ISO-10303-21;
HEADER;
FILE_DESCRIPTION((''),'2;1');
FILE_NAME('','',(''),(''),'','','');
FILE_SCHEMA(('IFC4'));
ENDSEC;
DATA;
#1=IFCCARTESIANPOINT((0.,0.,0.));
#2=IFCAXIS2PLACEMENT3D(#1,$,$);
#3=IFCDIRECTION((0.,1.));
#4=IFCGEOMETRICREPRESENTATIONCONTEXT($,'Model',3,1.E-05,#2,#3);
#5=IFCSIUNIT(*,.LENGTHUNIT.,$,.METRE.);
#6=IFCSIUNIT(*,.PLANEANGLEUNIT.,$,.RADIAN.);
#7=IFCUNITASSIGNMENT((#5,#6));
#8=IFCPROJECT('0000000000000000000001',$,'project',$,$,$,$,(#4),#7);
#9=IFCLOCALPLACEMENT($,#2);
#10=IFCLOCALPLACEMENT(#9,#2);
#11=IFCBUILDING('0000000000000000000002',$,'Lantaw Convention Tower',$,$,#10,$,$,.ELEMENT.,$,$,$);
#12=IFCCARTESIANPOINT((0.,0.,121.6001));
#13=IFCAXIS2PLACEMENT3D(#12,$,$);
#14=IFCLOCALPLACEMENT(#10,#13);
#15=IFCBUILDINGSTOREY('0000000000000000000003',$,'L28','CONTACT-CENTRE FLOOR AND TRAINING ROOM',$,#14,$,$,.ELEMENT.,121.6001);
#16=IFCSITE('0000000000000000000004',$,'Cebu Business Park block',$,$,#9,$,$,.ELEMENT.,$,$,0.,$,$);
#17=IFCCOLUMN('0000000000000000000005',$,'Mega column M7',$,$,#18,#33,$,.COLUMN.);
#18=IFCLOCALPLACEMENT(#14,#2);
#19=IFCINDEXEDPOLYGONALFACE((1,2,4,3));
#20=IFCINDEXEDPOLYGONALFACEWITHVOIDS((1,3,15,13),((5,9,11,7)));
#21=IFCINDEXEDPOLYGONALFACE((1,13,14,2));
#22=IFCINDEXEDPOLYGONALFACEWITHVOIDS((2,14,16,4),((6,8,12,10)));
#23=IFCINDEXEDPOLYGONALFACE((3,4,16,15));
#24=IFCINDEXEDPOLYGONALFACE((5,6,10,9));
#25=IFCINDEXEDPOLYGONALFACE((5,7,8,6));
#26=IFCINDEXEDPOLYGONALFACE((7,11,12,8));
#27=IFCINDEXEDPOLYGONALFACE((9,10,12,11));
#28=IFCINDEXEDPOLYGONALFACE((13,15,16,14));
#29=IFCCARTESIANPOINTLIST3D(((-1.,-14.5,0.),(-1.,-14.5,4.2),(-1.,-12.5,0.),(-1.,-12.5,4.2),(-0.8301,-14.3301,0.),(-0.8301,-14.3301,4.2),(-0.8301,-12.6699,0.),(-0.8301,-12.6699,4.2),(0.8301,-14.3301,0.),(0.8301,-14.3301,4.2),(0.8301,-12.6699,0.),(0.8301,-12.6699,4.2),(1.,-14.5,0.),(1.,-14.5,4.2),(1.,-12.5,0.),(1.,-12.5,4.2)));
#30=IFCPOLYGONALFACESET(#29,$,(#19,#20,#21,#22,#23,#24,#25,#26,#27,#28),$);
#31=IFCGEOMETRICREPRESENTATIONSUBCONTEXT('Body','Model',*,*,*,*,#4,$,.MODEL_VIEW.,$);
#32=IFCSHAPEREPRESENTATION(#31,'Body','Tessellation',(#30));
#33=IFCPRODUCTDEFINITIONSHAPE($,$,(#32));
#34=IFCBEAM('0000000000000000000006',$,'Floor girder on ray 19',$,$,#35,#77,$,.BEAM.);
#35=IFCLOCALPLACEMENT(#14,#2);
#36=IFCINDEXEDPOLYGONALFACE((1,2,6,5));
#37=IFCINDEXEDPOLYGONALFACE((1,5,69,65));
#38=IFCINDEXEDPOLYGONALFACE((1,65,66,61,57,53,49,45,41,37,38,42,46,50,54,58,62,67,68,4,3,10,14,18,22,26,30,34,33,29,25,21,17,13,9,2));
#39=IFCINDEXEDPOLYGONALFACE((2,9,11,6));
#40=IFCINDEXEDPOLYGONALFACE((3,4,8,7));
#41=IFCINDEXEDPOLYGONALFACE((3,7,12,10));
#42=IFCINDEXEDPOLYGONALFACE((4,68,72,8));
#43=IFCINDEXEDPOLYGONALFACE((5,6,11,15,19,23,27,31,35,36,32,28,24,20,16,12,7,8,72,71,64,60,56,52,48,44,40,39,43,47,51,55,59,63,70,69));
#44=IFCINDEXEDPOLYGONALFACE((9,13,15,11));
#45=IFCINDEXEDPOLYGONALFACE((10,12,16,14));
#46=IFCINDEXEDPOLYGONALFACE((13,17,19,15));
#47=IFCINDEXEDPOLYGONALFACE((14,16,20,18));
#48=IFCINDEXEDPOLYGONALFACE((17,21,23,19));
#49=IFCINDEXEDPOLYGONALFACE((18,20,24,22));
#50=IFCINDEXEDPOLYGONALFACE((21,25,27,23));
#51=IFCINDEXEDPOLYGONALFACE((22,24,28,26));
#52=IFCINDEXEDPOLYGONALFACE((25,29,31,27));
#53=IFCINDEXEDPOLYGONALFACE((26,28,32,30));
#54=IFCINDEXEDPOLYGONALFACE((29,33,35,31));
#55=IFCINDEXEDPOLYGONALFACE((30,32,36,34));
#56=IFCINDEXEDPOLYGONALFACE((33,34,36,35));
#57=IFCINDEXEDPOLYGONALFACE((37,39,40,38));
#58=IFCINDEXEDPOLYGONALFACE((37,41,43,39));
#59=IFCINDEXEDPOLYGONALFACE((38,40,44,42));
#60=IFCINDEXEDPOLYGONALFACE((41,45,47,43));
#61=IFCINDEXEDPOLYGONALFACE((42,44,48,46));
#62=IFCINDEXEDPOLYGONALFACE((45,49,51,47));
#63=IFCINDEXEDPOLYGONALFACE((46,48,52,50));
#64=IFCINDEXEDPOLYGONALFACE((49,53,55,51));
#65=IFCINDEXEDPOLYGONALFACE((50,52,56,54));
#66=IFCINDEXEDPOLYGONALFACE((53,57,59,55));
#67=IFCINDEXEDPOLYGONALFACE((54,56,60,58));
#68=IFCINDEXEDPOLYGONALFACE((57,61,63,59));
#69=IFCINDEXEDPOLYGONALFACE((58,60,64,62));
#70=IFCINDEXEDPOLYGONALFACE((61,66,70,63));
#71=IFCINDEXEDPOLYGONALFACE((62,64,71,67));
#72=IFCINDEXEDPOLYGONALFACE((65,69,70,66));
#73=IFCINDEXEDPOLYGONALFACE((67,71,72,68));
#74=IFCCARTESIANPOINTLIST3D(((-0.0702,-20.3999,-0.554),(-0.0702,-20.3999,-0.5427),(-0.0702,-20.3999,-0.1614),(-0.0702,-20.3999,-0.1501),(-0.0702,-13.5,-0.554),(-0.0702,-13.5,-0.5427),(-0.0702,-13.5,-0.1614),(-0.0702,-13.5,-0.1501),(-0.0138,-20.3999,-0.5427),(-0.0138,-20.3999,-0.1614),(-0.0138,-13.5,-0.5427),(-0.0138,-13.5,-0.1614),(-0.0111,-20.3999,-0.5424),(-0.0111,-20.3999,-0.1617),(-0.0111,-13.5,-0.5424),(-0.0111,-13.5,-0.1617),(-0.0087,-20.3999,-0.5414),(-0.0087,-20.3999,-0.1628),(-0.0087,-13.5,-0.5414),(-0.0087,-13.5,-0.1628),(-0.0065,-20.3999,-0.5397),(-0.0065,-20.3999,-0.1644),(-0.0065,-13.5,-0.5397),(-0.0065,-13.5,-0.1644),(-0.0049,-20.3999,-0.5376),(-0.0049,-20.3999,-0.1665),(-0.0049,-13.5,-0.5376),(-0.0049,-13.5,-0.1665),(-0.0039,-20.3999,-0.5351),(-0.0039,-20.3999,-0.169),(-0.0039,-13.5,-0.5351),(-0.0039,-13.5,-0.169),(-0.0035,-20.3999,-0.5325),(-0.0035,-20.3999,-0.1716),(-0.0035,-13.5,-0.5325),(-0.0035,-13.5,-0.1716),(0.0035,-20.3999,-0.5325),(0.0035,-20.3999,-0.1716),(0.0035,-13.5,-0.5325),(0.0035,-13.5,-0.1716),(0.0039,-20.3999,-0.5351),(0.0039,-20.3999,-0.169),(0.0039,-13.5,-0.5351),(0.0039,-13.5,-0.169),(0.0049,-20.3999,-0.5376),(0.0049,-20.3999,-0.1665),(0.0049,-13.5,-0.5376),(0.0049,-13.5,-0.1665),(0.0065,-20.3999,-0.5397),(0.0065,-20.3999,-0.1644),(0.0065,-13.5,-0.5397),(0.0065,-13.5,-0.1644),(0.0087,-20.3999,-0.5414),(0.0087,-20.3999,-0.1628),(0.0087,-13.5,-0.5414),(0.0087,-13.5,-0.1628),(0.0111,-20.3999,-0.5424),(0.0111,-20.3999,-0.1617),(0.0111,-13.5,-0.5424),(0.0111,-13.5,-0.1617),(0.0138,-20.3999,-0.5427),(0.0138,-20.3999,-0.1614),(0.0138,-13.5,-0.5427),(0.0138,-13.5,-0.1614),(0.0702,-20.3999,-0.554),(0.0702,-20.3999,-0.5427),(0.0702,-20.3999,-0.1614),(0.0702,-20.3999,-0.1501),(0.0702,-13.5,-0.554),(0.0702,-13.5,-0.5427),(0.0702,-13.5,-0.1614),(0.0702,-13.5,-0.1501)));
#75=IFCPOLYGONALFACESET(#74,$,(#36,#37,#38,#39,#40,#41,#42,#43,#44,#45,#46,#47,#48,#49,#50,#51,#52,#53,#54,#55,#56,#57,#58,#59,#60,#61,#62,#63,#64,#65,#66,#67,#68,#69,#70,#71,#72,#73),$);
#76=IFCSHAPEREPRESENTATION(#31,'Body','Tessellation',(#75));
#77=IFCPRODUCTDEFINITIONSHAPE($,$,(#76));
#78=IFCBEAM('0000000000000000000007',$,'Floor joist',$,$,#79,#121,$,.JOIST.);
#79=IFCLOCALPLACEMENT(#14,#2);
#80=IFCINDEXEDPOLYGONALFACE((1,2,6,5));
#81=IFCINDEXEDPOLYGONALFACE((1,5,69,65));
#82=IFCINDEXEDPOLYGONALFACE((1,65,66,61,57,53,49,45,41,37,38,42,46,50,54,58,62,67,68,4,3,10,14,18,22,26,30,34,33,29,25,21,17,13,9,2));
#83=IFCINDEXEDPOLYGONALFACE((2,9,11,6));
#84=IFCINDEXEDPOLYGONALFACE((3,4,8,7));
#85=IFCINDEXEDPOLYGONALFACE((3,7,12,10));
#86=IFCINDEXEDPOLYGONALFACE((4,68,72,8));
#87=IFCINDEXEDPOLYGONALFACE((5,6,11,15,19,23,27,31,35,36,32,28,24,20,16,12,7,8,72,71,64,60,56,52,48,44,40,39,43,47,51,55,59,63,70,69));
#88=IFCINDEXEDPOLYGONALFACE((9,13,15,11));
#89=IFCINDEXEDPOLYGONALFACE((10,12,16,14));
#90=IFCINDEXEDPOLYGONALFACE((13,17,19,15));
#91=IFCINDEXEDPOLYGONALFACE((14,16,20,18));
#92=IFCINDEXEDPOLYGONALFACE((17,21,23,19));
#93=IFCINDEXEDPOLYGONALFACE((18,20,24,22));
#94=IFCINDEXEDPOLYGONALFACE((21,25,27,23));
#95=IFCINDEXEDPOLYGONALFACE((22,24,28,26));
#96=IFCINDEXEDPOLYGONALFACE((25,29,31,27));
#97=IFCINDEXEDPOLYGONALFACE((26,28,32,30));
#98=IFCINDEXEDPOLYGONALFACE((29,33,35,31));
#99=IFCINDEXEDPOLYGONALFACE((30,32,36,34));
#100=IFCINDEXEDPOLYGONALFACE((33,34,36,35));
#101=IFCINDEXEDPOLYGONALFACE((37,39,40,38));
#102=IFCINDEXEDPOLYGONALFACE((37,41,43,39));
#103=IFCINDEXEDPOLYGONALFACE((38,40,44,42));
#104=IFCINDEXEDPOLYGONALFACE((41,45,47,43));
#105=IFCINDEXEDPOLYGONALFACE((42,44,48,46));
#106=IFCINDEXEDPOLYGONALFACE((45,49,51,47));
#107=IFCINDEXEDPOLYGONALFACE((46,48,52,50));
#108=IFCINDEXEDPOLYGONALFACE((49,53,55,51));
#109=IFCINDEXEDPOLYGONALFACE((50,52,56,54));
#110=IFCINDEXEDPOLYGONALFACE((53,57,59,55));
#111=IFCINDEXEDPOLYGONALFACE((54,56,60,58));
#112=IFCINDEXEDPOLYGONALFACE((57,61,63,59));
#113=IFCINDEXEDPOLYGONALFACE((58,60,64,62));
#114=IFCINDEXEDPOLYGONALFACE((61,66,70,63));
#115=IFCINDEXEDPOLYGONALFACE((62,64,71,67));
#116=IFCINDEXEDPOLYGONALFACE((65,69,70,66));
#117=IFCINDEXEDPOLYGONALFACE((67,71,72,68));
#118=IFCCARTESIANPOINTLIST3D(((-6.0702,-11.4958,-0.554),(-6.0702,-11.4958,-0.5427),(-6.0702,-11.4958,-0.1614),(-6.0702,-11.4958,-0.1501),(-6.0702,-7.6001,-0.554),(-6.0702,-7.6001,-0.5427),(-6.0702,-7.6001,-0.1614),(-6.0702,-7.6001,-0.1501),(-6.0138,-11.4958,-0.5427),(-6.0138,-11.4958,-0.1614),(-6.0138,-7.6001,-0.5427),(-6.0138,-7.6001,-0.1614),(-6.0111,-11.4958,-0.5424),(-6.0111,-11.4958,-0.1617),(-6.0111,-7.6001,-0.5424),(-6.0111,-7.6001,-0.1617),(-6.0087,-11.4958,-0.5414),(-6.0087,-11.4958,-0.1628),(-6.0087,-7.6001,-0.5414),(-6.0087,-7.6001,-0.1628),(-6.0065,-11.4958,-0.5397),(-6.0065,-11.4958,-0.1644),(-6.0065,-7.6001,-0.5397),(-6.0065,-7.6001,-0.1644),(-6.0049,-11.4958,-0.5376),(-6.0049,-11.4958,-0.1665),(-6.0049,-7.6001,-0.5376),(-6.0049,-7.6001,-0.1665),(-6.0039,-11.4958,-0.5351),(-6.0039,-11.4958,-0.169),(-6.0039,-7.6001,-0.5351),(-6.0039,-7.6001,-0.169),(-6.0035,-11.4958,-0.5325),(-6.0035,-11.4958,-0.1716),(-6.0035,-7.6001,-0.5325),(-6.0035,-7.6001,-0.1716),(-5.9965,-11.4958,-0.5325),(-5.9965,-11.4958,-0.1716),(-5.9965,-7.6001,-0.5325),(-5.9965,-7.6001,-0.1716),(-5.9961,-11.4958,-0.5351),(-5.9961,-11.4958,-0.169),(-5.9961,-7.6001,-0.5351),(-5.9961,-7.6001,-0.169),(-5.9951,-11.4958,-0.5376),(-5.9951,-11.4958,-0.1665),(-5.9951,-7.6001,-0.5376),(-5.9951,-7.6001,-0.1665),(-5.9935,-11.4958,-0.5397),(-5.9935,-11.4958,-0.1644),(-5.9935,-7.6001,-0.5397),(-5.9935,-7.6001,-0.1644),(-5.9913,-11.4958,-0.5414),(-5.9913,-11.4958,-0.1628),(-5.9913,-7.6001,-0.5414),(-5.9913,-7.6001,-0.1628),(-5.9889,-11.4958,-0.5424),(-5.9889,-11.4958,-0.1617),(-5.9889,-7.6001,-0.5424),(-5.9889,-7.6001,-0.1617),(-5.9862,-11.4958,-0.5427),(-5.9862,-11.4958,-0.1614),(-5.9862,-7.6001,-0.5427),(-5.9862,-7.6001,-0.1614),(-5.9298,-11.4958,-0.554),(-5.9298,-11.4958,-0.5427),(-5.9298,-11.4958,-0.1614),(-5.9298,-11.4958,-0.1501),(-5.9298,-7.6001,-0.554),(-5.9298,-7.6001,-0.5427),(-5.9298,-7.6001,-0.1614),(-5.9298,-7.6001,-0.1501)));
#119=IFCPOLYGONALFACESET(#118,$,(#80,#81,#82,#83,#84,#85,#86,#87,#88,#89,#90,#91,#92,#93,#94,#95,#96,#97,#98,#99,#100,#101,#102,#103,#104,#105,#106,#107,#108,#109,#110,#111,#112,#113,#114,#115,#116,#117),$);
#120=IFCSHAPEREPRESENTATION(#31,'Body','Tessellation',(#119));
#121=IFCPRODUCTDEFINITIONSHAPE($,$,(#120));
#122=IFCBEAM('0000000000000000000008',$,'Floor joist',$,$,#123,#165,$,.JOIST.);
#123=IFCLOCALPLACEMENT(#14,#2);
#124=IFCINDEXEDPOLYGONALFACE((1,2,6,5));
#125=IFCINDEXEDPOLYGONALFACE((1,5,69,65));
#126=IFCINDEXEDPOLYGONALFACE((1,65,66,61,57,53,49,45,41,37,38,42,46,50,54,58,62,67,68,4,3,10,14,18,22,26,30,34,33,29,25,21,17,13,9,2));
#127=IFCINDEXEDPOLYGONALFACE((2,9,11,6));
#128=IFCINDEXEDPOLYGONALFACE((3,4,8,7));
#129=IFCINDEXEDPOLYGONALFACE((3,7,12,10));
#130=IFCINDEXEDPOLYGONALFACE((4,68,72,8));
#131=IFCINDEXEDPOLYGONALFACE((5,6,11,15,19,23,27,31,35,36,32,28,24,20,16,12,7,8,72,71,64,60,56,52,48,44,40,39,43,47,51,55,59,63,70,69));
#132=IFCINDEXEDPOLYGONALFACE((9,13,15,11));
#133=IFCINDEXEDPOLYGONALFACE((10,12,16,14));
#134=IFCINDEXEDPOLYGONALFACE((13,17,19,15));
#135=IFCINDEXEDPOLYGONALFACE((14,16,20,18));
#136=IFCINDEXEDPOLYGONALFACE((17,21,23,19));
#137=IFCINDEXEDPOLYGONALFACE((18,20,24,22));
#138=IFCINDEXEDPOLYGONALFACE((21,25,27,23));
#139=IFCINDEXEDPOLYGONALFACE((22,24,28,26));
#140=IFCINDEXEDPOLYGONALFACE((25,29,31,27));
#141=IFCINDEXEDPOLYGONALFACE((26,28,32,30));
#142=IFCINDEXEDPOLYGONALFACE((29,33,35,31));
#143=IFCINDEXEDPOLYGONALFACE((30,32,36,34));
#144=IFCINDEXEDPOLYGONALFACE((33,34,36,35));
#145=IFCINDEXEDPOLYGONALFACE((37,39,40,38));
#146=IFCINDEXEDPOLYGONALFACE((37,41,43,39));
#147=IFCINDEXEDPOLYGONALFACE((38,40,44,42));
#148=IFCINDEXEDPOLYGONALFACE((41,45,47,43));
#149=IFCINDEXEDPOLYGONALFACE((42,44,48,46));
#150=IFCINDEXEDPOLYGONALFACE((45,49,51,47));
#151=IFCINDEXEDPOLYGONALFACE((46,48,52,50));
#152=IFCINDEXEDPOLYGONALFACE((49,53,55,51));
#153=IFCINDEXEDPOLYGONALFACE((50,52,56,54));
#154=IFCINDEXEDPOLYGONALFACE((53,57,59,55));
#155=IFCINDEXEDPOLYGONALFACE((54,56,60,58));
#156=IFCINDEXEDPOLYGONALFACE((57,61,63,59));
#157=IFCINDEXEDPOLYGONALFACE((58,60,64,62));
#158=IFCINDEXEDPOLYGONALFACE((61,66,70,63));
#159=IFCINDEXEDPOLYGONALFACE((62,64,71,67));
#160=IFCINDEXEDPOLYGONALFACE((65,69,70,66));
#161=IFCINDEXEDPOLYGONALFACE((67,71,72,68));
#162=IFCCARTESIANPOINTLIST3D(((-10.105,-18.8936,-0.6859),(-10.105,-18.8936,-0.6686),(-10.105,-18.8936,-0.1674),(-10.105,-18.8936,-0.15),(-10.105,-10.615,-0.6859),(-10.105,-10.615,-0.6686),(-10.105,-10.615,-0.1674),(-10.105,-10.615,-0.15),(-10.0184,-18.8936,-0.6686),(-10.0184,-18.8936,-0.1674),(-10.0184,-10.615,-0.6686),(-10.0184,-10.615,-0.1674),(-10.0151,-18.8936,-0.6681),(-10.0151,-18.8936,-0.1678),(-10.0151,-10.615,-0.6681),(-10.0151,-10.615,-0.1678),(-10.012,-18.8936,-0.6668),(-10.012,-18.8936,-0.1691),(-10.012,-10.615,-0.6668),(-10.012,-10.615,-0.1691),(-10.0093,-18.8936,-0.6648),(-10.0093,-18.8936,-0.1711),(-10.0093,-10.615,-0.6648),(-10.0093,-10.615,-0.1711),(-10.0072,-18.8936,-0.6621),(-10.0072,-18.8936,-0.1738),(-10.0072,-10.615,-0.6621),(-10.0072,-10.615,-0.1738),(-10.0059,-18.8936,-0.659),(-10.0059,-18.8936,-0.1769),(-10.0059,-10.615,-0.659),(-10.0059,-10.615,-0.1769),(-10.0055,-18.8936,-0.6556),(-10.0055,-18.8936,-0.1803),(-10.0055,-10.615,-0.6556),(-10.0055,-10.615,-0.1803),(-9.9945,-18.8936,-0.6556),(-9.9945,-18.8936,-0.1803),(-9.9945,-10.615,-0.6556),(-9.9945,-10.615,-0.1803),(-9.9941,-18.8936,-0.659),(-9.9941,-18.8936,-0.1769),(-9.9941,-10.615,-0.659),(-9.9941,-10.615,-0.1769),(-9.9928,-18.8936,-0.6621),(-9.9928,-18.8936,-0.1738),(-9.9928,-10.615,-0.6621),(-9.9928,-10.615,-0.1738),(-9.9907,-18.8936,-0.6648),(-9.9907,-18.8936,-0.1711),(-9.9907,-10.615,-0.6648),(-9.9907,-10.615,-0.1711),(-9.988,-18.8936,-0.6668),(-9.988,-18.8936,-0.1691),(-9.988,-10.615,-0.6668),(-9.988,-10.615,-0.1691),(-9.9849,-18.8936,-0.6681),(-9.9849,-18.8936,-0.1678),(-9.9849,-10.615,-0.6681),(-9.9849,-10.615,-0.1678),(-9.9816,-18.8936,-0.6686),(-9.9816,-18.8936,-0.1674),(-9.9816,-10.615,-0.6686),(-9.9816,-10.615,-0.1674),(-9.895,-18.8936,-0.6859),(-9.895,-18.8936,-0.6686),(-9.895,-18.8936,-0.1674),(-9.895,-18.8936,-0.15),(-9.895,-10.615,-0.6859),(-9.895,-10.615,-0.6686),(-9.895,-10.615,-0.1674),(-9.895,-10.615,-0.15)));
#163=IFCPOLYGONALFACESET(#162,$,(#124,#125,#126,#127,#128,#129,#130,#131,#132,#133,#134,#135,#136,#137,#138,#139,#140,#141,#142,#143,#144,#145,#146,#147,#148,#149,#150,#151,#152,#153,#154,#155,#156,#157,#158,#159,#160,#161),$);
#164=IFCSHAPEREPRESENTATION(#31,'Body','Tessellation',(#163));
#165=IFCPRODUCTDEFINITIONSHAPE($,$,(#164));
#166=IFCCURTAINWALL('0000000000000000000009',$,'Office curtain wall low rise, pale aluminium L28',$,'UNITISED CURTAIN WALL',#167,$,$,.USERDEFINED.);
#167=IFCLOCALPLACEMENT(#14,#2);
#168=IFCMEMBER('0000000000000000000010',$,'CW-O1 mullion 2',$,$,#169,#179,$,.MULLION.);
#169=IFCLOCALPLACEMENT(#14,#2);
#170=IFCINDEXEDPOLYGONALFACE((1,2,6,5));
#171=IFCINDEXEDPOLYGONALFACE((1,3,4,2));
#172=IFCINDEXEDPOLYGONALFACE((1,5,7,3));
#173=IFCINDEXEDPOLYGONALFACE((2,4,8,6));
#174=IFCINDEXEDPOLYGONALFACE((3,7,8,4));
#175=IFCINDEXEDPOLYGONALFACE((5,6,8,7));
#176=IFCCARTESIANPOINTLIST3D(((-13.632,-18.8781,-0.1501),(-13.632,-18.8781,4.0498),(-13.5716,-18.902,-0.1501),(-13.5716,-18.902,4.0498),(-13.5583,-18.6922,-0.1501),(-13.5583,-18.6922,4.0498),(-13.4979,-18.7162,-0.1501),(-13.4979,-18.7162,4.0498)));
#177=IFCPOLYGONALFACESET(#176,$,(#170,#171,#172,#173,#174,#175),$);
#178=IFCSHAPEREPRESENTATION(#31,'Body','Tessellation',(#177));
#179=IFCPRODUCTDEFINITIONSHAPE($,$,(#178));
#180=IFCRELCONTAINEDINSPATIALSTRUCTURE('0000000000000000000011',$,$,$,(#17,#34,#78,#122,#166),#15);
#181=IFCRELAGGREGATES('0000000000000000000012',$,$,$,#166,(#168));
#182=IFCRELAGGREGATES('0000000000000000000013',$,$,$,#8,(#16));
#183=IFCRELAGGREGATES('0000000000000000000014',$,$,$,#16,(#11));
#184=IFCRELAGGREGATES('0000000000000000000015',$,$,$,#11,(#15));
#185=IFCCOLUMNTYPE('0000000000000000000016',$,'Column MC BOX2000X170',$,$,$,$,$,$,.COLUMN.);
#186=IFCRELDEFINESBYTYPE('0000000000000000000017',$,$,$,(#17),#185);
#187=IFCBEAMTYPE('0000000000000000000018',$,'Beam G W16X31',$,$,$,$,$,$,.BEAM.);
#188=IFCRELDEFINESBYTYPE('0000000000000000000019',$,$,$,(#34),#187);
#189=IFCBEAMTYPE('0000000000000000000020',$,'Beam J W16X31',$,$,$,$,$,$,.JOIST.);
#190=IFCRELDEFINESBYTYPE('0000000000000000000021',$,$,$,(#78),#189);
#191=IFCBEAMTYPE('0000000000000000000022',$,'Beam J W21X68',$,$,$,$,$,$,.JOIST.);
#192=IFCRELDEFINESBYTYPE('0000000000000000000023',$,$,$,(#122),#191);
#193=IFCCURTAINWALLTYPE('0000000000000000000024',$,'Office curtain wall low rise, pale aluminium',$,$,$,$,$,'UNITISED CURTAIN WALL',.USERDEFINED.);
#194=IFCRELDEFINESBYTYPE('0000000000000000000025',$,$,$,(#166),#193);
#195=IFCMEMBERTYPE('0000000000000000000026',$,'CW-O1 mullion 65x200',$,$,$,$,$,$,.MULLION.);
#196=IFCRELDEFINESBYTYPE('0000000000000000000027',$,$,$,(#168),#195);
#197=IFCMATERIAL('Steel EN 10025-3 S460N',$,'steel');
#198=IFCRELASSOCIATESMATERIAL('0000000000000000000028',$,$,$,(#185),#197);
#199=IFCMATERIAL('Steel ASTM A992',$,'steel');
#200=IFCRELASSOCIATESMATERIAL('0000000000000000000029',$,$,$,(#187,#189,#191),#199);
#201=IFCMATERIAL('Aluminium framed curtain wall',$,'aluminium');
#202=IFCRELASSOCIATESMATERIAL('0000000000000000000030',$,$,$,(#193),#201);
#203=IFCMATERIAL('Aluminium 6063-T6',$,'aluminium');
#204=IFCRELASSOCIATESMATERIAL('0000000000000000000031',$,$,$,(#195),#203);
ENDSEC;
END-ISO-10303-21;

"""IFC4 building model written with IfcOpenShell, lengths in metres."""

from ifc_helpers import new_model, si_unit, direction, frame, origin, origin_2d, place, context, subcontext, project, spatial, rectangle, hollow_rectangle, i_section, extrude, material, material_profile, profile_set, type_object, element, aggregate, save


model = new_model("IFC4")

# Units and contexts
model_context = context("Model", 3, precision=1e-05, world=origin(), true_north=direction((0.0, 1.0)))
body_context = subcontext(model_context, "Body", "Model", "MODEL_VIEW")
ifc_project = project(units=[si_unit("LENGTHUNIT", "METRE"), si_unit("PLANEANGLEUNIT", "RADIAN")], contexts=[model_context])

# Site, building, storey
site_placement = place(None, origin())
site = spatial("IfcSite", under=ifc_project, at=site_placement, Name="Cebu Business Park block", CompositionType="ELEMENT", RefElevation=0.0)
building_placement = place(site_placement, origin())
building = spatial("IfcBuilding", under=site, at=building_placement, Name="Lantaw Convention Tower", CompositionType="ELEMENT")
storey_placement = place(building_placement, frame((0.0, 0.0, 121.6001)))
storey = spatial("IfcBuildingStorey", under=building, at=storey_placement, Name="L28", Description="CONTACT-CENTRE FLOOR AND TRAINING ROOM", CompositionType="ELEMENT", Elevation=121.6001)

# Column
ifc_material_1 = material(Name="Steel EN 10025-3 S460N", Category="steel")
ifc_material_profile_1 = material_profile(ifc_material_1, hollow_rectangle(XDim=2.0, YDim=2.0, WallThickness=0.1699, at=origin_2d()), Name="BOX2000X170")
ifc_material_2 = material(Name="Concrete C60/75", Category="concrete")
ifc_material_profile_2 = material_profile(ifc_material_2, rectangle(XDim=1.6599, YDim=1.6599, at=origin_2d()), Name="Concrete fill of BOX2000X170")
ifc_profile_set_1 = profile_set([ifc_material_profile_1, ifc_material_profile_2], Name="Steel EN 10025-3 S460N")
column_type = type_object("IfcColumnType", Name="Column MC BOX2000X170", PredefinedType="COLUMN", material=ifc_profile_set_1)
column_placement = place(storey_placement, frame((0.0, -13.5, 0.0), z_axis=(0.0, 0.0, 1.0), x_axis=(1.0, 0.0, 0.0)))
element("IfcColumn", 1, at=column_placement, inside=storey, type_object=column_type, Name="Mega column M7", PredefinedType="COLUMN", context=body_context, shape_type="SweptSolid", body=[
    extrude(hollow_rectangle(XDim=2.0, YDim=2.0, WallThickness=0.1699, at=origin_2d()), origin(), (0.0, 0.0, 1.0), 4.2),
])

# Beams
ifc_material_3 = material(Name="Steel ASTM A992", Category="steel")
ifc_material_profile_3 = material_profile(ifc_material_3, i_section(OverallWidth=0.1404, OverallDepth=0.4038, WebThickness=0.0071, FlangeThickness=0.0112, FilletRadius=0.0103, at=origin_2d()), Name="W16X31")
ifc_profile_set_2 = profile_set([ifc_material_profile_3], Name="Steel ASTM A992")
beam_type_1 = type_object("IfcBeamType", Name="Beam G W16X31", PredefinedType="BEAM", material=ifc_profile_set_2)
beam_1_placement = place(storey_placement, frame((0.0, -13.5, -0.3521), z_axis=(0.0, -1.0, 0.0), x_axis=(1.0, 0.0, 0.0)))
element("IfcBeam", 2, at=beam_1_placement, inside=storey, type_object=beam_type_1, Name="Floor girder on ray 19", PredefinedType="BEAM", context=body_context, shape_type="SweptSolid", body=[
    extrude(i_section(OverallWidth=0.1404, OverallDepth=0.4038, WebThickness=0.0071, FlangeThickness=0.0112, FilletRadius=0.0103, at=origin_2d()), origin(), (0.0, 0.0, 1.0), 6.8999),
])
ifc_material_profile_4 = material_profile(ifc_material_3, i_section(OverallWidth=0.1404, OverallDepth=0.4038, WebThickness=0.0071, FlangeThickness=0.0112, FilletRadius=0.0103, at=origin_2d()), Name="W16X31")
ifc_profile_set_3 = profile_set([ifc_material_profile_4], Name="Steel ASTM A992")
beam_type_2 = type_object("IfcBeamType", Name="Beam J W16X31", PredefinedType="JOIST", material=ifc_profile_set_3)
beam_2_placement = place(storey_placement, frame((-6.0, -11.4958, -0.3521), z_axis=(0.0, 1.0, 0.0), x_axis=(-1.0, 0.0, 0.0)))
element("IfcBeam", 3, at=beam_2_placement, inside=storey, type_object=beam_type_2, Name="Floor joist", PredefinedType="JOIST", context=body_context, shape_type="SweptSolid", body=[
    extrude(i_section(OverallWidth=0.1404, OverallDepth=0.4038, WebThickness=0.0071, FlangeThickness=0.0112, FilletRadius=0.0103, at=origin_2d()), origin(), (0.0, 0.0, 1.0), 3.8958),
])
ifc_material_profile_5 = material_profile(ifc_material_3, i_section(OverallWidth=0.21, OverallDepth=0.5359, WebThickness=0.011, FlangeThickness=0.0173, FilletRadius=0.0129, at=origin_2d()), Name="W21X68")
ifc_profile_set_4 = profile_set([ifc_material_profile_5], Name="Steel ASTM A992")
beam_type_3 = type_object("IfcBeamType", Name="Beam J W21X68", PredefinedType="JOIST", material=ifc_profile_set_4)
beam_3_placement = place(storey_placement, frame((-10.0, -18.8936, -0.418), z_axis=(0.0, 1.0, 0.0), x_axis=(-1.0, 0.0, 0.0)))
element("IfcBeam", 4, at=beam_3_placement, inside=storey, type_object=beam_type_3, Name="Floor joist", PredefinedType="JOIST", context=body_context, shape_type="SweptSolid", body=[
    extrude(i_section(OverallWidth=0.21, OverallDepth=0.5359, WebThickness=0.011, FlangeThickness=0.0173, FilletRadius=0.0129, at=origin_2d()), origin(), (0.0, 0.0, 1.0), 8.2786),
])

# Curtain wall, member
ifc_material_4 = material(Name="Aluminium framed curtain wall", Category="aluminium")
curtain_wall_type = type_object("IfcCurtainWallType", Name="Office curtain wall low rise, pale aluminium", ElementType="UNITISED CURTAIN WALL", PredefinedType="USERDEFINED", material=ifc_material_4)
curtain_wall_placement = place(storey_placement, origin())
curtain_wall = element("IfcCurtainWall", 5, at=curtain_wall_placement, inside=storey, type_object=curtain_wall_type, Name="Office curtain wall low rise, pale aluminium L28", ObjectType="UNITISED CURTAIN WALL", PredefinedType="USERDEFINED")
ifc_material_5 = material(Name="Aluminium 6063-T6", Category="aluminium")
ifc_material_profile_6 = material_profile(ifc_material_5, rectangle(XDim=0.2, YDim=0.0649, at=origin_2d()), Name="CW-O1 mullion 65x200")
ifc_profile_set_5 = profile_set([ifc_material_profile_6], Name="Aluminium 6063-T6")
member_type_1 = type_object("IfcMemberType", Name="CW-O1 mullion 65x200", PredefinedType="MULLION", material=ifc_profile_set_5)
member_1_placement = place(storey_placement, frame((-13.5649, -18.7971, -0.1501), z_axis=(0.0, 0.0, 1.0), x_axis=(0.368702, 0.929548, 0.0)))
member_1 = element("IfcMember", 6, at=member_1_placement, type_object=member_type_1, Name="CW-O1 mullion 2", PredefinedType="MULLION", context=body_context, shape_type="SweptSolid", body=[
    extrude(rectangle(XDim=0.2, YDim=0.0649, at=origin_2d()), origin(), (0.0, 0.0, 1.0), 4.2),
])
aggregate(curtain_wall, [member_1])

save(model, "model.ifc")
